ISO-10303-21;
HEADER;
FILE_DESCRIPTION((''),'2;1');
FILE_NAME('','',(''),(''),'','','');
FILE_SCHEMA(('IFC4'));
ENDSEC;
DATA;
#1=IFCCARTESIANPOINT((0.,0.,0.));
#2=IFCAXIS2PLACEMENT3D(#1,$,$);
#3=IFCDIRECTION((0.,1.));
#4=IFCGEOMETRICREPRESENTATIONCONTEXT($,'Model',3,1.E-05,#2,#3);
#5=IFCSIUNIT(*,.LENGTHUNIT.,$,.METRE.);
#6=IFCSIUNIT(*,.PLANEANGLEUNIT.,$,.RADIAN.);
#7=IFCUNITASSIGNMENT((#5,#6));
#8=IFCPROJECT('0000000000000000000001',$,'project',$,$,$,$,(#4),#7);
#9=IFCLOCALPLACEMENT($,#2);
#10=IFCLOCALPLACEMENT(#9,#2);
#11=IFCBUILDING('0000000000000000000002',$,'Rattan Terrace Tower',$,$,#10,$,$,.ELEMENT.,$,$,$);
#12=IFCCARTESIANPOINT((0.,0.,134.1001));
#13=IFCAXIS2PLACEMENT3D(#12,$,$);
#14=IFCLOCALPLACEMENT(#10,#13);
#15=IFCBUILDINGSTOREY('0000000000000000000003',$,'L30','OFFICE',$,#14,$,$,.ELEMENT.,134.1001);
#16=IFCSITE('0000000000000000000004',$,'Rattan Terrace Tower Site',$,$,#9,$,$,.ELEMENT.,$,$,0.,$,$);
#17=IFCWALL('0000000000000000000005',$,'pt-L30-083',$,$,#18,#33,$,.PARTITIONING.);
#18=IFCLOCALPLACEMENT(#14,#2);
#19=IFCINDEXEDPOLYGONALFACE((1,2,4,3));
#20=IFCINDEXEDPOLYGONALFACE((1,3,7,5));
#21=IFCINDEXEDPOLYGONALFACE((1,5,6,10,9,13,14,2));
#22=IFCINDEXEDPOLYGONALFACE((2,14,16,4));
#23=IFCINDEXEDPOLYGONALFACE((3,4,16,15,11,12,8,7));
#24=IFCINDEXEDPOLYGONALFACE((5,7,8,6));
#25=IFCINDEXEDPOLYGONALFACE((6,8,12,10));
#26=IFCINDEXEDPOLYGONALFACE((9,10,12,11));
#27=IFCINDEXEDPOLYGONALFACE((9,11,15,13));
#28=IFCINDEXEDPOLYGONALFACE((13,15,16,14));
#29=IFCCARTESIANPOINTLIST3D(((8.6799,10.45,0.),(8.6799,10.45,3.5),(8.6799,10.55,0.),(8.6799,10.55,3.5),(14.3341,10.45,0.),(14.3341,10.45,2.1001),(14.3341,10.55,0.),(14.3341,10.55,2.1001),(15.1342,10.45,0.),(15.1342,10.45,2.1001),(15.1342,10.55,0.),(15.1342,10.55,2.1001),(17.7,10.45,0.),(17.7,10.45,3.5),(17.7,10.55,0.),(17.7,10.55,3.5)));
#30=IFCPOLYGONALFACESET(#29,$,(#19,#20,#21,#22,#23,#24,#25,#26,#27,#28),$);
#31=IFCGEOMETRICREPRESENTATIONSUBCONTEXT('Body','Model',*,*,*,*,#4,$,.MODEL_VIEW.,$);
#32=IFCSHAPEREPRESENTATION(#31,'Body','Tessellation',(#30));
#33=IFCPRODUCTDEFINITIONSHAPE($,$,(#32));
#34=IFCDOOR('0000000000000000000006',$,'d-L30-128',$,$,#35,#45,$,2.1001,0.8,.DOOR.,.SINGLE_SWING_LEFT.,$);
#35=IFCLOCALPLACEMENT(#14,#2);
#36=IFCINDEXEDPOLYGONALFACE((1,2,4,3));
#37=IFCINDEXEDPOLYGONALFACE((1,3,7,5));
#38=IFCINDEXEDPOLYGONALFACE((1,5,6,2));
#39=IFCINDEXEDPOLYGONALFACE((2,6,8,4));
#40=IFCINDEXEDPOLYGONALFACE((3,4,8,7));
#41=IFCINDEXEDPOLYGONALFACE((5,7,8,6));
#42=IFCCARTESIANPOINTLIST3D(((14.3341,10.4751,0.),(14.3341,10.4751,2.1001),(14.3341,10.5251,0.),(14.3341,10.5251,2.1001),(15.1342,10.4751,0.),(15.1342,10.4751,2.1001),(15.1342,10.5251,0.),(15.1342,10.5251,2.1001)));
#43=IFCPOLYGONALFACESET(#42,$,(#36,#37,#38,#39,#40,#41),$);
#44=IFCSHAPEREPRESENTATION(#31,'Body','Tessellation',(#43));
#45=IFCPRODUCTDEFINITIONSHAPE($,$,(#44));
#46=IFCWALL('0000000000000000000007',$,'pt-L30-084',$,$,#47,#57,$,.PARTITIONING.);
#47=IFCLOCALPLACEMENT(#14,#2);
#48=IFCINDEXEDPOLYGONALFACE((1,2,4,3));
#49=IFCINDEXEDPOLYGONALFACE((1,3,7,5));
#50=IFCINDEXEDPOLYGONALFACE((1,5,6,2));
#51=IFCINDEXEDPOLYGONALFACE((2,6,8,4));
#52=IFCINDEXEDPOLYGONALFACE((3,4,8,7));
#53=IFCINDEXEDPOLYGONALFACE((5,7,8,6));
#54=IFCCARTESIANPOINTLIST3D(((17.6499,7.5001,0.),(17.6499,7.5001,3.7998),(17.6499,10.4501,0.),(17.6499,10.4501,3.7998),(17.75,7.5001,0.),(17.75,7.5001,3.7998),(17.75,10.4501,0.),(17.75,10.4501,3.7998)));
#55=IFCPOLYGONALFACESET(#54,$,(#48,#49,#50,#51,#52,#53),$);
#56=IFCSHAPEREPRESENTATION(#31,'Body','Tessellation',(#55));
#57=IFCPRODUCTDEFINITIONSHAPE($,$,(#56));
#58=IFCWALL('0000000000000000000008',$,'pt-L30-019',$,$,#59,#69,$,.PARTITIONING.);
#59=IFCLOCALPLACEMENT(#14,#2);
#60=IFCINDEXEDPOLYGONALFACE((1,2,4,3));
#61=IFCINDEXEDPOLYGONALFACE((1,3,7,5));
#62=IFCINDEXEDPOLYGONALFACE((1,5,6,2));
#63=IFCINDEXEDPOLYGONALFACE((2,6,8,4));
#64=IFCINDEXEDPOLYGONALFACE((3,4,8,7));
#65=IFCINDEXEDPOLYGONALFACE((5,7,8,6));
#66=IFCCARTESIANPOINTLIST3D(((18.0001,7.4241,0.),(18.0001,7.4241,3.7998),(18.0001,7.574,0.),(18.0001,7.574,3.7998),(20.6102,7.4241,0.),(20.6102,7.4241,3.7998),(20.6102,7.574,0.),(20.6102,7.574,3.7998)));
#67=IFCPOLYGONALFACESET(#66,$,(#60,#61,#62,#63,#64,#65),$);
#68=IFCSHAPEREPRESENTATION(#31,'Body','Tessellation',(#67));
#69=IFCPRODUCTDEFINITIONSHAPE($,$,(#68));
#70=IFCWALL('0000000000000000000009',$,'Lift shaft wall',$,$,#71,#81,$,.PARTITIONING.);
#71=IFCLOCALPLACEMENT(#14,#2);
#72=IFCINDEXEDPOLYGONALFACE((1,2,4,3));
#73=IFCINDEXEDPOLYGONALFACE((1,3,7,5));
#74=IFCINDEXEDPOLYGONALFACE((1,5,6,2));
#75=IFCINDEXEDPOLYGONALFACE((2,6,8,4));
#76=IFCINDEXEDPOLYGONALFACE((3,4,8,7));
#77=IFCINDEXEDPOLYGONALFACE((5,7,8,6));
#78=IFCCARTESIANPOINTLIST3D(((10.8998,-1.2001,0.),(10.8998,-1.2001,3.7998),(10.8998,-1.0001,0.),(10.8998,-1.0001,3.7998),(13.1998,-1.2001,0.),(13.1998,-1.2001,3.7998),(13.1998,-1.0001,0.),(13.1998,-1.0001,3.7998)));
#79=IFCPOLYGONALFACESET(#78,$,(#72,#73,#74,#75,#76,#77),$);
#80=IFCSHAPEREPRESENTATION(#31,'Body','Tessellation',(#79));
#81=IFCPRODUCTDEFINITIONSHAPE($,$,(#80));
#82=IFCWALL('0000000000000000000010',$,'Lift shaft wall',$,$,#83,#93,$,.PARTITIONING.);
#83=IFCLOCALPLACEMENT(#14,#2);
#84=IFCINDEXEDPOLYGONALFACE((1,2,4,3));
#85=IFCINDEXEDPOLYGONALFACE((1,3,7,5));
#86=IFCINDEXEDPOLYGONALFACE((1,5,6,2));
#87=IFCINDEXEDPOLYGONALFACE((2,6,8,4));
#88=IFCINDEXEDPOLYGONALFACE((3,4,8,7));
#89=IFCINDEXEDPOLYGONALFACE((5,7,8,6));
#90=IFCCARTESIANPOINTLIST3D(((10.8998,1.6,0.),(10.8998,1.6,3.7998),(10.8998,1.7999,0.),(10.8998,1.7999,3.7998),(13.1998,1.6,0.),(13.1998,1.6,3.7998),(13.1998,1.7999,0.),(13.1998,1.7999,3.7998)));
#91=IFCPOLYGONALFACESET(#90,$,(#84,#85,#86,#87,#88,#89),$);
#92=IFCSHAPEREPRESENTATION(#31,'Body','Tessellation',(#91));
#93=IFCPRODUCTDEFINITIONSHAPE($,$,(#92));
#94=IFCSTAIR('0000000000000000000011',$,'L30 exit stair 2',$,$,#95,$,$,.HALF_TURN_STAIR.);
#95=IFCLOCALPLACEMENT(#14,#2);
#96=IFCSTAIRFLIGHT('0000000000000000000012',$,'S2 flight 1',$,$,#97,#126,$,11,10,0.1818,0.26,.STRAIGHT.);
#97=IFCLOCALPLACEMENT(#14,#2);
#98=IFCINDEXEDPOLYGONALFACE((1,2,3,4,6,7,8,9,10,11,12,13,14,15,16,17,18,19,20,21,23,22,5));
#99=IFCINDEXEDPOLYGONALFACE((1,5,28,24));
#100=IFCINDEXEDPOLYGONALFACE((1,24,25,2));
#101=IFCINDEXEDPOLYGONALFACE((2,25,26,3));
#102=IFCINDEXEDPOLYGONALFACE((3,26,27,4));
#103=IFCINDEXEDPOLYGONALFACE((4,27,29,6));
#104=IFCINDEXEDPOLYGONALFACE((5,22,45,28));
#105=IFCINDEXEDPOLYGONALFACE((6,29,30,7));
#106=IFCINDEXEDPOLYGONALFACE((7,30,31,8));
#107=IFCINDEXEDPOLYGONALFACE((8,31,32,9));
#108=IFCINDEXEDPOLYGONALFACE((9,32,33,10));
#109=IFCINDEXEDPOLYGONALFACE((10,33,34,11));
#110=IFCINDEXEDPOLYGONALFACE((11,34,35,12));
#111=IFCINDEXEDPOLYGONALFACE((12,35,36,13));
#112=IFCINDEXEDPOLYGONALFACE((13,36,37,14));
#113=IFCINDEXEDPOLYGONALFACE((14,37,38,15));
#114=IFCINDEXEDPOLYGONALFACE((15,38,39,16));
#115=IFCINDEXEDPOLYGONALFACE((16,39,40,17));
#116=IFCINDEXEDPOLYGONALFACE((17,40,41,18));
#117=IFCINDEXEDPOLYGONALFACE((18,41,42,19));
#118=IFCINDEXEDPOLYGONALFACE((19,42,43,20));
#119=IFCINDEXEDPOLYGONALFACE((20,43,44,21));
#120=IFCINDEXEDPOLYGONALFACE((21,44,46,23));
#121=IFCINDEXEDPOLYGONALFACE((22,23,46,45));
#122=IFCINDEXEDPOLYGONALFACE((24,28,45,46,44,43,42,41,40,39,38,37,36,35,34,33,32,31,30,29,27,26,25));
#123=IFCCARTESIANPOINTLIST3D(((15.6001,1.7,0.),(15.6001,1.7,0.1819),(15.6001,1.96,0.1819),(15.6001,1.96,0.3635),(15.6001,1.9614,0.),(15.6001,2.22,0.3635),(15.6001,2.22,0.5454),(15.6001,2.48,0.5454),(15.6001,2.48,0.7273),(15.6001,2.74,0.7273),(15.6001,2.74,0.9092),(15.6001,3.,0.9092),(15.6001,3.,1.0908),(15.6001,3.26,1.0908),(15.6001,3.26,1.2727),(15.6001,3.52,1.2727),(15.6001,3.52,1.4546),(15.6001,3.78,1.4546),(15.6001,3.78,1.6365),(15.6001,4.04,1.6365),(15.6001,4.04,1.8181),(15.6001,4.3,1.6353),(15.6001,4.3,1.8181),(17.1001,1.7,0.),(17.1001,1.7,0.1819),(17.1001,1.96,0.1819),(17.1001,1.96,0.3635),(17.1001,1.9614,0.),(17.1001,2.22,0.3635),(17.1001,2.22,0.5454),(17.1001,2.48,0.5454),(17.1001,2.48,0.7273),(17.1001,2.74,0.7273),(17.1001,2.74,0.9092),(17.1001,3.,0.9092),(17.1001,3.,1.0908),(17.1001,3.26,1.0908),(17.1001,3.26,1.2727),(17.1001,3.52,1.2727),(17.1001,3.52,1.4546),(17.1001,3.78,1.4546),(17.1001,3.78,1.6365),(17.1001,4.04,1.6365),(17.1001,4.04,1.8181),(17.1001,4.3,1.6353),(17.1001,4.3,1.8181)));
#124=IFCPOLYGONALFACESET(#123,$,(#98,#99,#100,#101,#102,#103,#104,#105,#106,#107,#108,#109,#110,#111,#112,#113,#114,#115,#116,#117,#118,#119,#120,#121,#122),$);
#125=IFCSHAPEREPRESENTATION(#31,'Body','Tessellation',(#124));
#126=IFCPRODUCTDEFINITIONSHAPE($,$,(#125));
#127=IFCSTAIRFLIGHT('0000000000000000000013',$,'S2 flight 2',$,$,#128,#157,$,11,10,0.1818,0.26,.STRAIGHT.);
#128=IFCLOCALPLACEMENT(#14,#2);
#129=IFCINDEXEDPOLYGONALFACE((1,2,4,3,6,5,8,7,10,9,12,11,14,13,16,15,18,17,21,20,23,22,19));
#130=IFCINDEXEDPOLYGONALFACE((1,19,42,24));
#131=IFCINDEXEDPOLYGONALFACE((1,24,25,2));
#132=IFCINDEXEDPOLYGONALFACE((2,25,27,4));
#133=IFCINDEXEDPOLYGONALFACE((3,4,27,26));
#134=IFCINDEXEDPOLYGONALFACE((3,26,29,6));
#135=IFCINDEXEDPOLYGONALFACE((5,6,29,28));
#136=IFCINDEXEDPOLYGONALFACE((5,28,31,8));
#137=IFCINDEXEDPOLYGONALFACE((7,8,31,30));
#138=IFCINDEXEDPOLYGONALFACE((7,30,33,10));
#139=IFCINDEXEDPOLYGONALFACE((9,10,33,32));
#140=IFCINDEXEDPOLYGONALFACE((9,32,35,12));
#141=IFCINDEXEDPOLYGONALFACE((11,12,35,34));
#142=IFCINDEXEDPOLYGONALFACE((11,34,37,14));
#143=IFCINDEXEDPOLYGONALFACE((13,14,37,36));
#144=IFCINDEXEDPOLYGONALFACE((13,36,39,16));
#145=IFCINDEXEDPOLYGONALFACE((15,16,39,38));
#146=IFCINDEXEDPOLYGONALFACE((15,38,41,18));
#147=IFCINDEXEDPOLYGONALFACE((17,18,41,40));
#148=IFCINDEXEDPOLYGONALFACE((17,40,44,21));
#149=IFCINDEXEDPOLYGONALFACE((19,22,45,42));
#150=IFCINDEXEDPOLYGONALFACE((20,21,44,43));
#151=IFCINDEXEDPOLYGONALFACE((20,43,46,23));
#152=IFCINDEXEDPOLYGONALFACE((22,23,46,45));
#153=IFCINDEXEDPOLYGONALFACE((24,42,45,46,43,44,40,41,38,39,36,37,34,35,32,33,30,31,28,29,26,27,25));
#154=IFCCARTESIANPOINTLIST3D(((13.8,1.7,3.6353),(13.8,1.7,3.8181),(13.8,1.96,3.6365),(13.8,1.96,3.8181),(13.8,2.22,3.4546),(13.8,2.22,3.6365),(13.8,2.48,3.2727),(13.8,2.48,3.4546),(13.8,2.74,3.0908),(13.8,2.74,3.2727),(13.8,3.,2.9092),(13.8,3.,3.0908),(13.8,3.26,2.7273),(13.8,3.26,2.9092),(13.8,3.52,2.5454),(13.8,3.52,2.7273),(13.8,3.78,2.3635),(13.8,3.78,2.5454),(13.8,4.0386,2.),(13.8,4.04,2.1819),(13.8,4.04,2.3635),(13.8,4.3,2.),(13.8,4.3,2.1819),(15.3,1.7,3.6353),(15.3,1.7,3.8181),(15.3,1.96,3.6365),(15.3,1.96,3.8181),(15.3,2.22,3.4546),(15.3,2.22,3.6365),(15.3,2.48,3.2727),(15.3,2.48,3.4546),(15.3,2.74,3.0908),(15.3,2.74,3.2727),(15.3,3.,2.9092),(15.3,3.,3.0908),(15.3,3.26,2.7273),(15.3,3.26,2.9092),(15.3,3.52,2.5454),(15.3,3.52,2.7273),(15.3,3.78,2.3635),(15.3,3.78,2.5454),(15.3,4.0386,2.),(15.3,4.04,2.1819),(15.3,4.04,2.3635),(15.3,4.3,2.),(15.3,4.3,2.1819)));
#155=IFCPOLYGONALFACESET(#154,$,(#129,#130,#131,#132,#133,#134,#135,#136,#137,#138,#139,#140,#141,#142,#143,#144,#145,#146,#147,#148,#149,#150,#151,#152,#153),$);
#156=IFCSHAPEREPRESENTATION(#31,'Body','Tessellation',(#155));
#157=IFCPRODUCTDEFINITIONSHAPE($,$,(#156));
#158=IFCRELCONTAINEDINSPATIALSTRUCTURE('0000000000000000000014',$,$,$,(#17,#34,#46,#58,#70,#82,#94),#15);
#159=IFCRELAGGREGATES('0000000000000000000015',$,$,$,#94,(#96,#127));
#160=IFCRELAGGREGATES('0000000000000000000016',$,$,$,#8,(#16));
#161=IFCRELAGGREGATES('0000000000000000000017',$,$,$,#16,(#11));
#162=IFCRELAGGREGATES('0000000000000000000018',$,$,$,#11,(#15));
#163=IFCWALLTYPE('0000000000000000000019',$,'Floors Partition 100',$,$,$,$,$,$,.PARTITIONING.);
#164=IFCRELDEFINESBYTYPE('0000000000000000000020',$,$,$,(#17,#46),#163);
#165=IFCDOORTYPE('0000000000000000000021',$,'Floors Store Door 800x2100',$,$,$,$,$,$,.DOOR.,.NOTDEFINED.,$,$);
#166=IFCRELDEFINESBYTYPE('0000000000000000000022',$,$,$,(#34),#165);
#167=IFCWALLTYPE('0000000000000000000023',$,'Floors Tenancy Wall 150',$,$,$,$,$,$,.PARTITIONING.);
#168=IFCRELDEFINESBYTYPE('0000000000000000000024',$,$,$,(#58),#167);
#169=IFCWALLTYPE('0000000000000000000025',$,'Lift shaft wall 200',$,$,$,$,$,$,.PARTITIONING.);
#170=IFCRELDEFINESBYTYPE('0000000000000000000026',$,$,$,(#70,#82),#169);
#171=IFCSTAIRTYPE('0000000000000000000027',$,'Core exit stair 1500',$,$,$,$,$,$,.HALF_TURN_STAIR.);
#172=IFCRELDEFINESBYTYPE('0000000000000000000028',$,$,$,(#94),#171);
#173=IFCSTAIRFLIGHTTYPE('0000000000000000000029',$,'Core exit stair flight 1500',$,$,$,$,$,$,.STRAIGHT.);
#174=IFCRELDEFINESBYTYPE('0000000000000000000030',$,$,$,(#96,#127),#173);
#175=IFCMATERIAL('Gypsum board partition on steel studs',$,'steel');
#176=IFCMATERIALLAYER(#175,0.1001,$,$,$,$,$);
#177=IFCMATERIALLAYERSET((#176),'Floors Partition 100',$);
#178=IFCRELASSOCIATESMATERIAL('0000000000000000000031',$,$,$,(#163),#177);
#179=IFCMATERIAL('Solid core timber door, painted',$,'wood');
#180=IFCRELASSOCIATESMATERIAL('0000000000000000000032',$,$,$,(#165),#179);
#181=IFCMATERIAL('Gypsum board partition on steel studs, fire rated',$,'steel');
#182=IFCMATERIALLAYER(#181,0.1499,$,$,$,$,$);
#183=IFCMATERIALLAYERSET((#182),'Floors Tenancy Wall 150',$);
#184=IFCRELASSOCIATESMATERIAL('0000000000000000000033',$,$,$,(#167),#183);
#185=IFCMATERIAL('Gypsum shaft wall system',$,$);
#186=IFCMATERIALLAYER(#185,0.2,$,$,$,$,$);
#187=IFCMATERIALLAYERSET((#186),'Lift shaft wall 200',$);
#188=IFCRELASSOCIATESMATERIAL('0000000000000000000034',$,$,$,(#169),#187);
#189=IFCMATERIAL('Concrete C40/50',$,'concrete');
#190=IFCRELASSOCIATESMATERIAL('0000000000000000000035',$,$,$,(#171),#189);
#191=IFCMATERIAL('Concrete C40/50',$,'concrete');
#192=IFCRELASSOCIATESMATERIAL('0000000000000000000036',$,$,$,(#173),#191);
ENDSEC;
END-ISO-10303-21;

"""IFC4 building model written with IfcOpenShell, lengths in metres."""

from ifc_helpers import new_model, si_unit, direction, frame, frame_2d, origin, place, context, subcontext, project, spatial, polyline, rectangle, outline, extrude, material, layer, layer_set, type_object, element, fill, aggregate, save


model = new_model("IFC4")

# Units and contexts
model_context = context("Model", 3, precision=1e-05, world=origin(), true_north=direction((0.0, 1.0)))
body_context = subcontext(model_context, "Body", "Model", "MODEL_VIEW")
ifc_project = project(units=[si_unit("LENGTHUNIT", "METRE"), si_unit("PLANEANGLEUNIT", "RADIAN")], contexts=[model_context])

# Site, building, storey
site_placement = place(None, origin())
site = spatial("IfcSite", under=ifc_project, at=site_placement, Name="Rattan Terrace Tower Site", CompositionType="ELEMENT", RefElevation=0.0)
building_placement = place(site_placement, origin())
building = spatial("IfcBuilding", under=site, at=building_placement, Name="Rattan Terrace Tower", CompositionType="ELEMENT")
storey_placement = place(building_placement, frame((0.0, 0.0, 134.1001)))
storey = spatial("IfcBuildingStorey", under=building, at=storey_placement, Name="L30", Description="OFFICE", CompositionType="ELEMENT", Elevation=134.1001)

# Wall, opening, door
ifc_material_1 = material(Name="Gypsum board partition on steel studs", Category="steel")
ifc_layer_1 = layer(ifc_material_1, 0.1001)
ifc_layer_set_1 = layer_set([ifc_layer_1], Name="Floors Partition 100")
wall_type_1 = type_object("IfcWallType", Name="Floors Partition 100", PredefinedType="PARTITIONING", material=ifc_layer_set_1)
wall_1_placement = place(storey_placement, frame((17.7, 10.5, 0.0), z_axis=(0.0, 0.0, 1.0), x_axis=(-1.0, 0.0, 0.0)))
wall_1 = element("IfcWall", 1, at=wall_1_placement, inside=storey, type_object=wall_type_1, Name="pt-L30-083", PredefinedType="PARTITIONING", context=body_context, shape_type="SweptSolid", body=[
    extrude(rectangle(XDim=9.02, YDim=0.1001, at=frame_2d((4.51, 0.0))), origin(), (0.0, 0.0, 1.0), 3.5),
])
opening_1_placement = place(wall_1_placement, frame((2.5659, 0.0, 0.0)))
opening_1 = element("IfcOpeningElement", 2, at=opening_1_placement, cuts=wall_1, PredefinedType="OPENING", context=body_context, shape_type="SweptSolid", body=[
    extrude(rectangle(XDim=0.8, YDim=2.1001, at=frame_2d((0.3999, 1.05))), frame((0.0, 0.0605, 0.0), z_axis=(0.0, -1.0, 0.0), x_axis=(1.0, 0.0, 0.0)), (0.0, 0.0, 1.0), 0.1211),
])
ifc_material_2 = material(Name="Solid core timber door, painted", Category="wood")
door_type_1 = type_object("IfcDoorType", Name="Floors Store Door 800x2100", OperationType="NOTDEFINED", PredefinedType="DOOR", material=ifc_material_2)
door_1_placement = place(opening_1_placement, origin())
door_1 = element("IfcDoor", 3, at=door_1_placement, inside=storey, type_object=door_type_1, Name="d-L30-128", OperationType="SINGLE_SWING_LEFT", OverallHeight=2.1001, OverallWidth=0.8, PredefinedType="DOOR", context=body_context, shape_type="SweptSolid", body=[
    extrude(rectangle(XDim=0.8, YDim=2.1001, at=frame_2d((0.3999, 1.05))), frame((0.0, 0.0249, 0.0), z_axis=(0.0, -1.0, 0.0), x_axis=(1.0, 0.0, 0.0)), (0.0, 0.0, 1.0), 0.05),
])
fill(opening_1, door_1)

# Walls
wall_2_placement = place(storey_placement, frame((17.7, 7.5, 0.0), z_axis=(0.0, 0.0, 1.0), x_axis=(0.0, 1.0, 0.0)))
element("IfcWall", 4, at=wall_2_placement, inside=storey, type_object=wall_type_1, Name="pt-L30-084", PredefinedType="PARTITIONING", context=body_context, shape_type="SweptSolid", body=[
    extrude(rectangle(XDim=2.95, YDim=0.1001, at=frame_2d((1.4751, 0.0))), origin(), (0.0, 0.0, 1.0), 3.7998),
])
ifc_material_3 = material(Name="Gypsum board partition on steel studs, fire rated", Category="steel")
ifc_layer_2 = layer(ifc_material_3, 0.1499)
ifc_layer_set_2 = layer_set([ifc_layer_2], Name="Floors Tenancy Wall 150")
wall_type_2 = type_object("IfcWallType", Name="Floors Tenancy Wall 150", PredefinedType="PARTITIONING", material=ifc_layer_set_2)
wall_3_placement = place(storey_placement, frame((18.0, 7.499, 0.0), z_axis=(0.0, 0.0, 1.0), x_axis=(1.0, 0.0, 0.0)))
element("IfcWall", 5, at=wall_3_placement, inside=storey, type_object=wall_type_2, Name="pt-L30-019", PredefinedType="PARTITIONING", context=body_context, shape_type="SweptSolid", body=[
    extrude(rectangle(XDim=2.6101, YDim=0.1499, at=frame_2d((1.3052, 0.0))), origin(), (0.0, 0.0, 1.0), 3.7998),
])
ifc_material_4 = material(Name="Gypsum shaft wall system")
ifc_layer_3 = layer(ifc_material_4, 0.2)
ifc_layer_set_3 = layer_set([ifc_layer_3], Name="Lift shaft wall 200")
wall_type_3 = type_object("IfcWallType", Name="Lift shaft wall 200", PredefinedType="PARTITIONING", material=ifc_layer_set_3)
for number, where, z_axis, x_axis, name in (
    (6, (10.8999, -1.1001, 0.0), (0.0, 0.0, 1.0), (1.0, 0.0, 0.0), "Lift shaft wall"),
    (7, (10.8999, 1.7, 0.0), (0.0, 0.0, 1.0), (1.0, 0.0, 0.0), "Lift shaft wall"),
):
    element("IfcWall", number, at=place(storey_placement, frame(where, z_axis=z_axis, x_axis=x_axis)), inside=storey, type_object=wall_type_3, Name=name, PredefinedType="PARTITIONING", context=body_context, shape_type="SweptSolid", body=[
        extrude(rectangle(XDim=2.3, YDim=0.2, at=frame_2d((1.1499, 0.0))), origin(), (0.0, 0.0, 1.0), 3.7998),
    ])

# Stair, stair flights
ifc_material_5 = material(Name="Concrete C40/50", Category="concrete")
stair_type = type_object("IfcStairType", Name="Core exit stair 1500", PredefinedType="HALF_TURN_STAIR", material=ifc_material_5)
stair_placement = place(storey_placement, origin())
stair = element("IfcStair", 8, at=stair_placement, inside=storey, type_object=stair_type, Name="L30 exit stair 2", PredefinedType="HALF_TURN_STAIR")
ifc_material_6 = material(Name="Concrete C40/50", Category="concrete")
stair_flight_type = type_object("IfcStairFlightType", Name="Core exit stair flight 1500", PredefinedType="STRAIGHT", material=ifc_material_6)
stair_flight_1_placement = place(storey_placement, frame((16.3501, 1.7, 0.0), z_axis=(0.0, 0.0, 1.0), x_axis=(0.0, 1.0, 0.0)))
stair_flight_1 = element("IfcStairFlight", 9, at=stair_flight_1_placement, type_object=stair_flight_type, Name="S2 flight 1", NumberOfRisers=11, NumberOfTreads=10, PredefinedType="STRAIGHT", RiserHeight=0.1818, TreadLength=0.26, context=body_context, shape_type="SweptSolid", body=[
    extrude(outline(polyline([(0.0, 0.0), (0.0, 0.1819), (0.26, 0.1819), (0.26, 0.3635), (0.52, 0.3635), (0.52, 0.5454), (0.78, 0.5454), (0.78, 0.7273), (1.04, 0.7273), (1.04, 0.9092), (1.3, 0.9092), (1.3, 1.0908), (1.5601, 1.0908), (1.5601, 1.2727), (1.8201, 1.2727), (1.8201, 1.4546), (2.0801, 1.4546), (2.0801, 1.6365), (2.3401, 1.6365), (2.3401, 1.8181), (2.6001, 1.8181), (2.6001, 2.0), (2.6001, 1.6353), (0.2615, 0.0), (0.0, 0.0)])), frame((0.0, 0.75, 0.0), z_axis=(0.0, -1.0, 0.0), x_axis=(1.0, 0.0, 0.0)), (0.0, 0.0, 1.0), 1.5),
])
stair_flight_2_placement = place(storey_placement, frame((14.55, 4.3, 2.0), z_axis=(0.0, 0.0, 1.0), x_axis=(0.0, -1.0, 0.0)))
stair_flight_2 = element("IfcStairFlight", 10, at=stair_flight_2_placement, type_object=stair_flight_type, Name="S2 flight 2", NumberOfRisers=11, NumberOfTreads=10, PredefinedType="STRAIGHT", RiserHeight=0.1818, TreadLength=0.26, context=body_context, shape_type="SweptSolid", body=[
    extrude(outline(polyline([(0.0, 0.0), (0.0, 0.1819), (0.26, 0.1819), (0.26, 0.3635), (0.52, 0.3635), (0.52, 0.5454), (0.78, 0.5454), (0.78, 0.7273), (1.04, 0.7273), (1.04, 0.9092), (1.3, 0.9092), (1.3, 1.0908), (1.5601, 1.0908), (1.5601, 1.2727), (1.8201, 1.2727), (1.8201, 1.4546), (2.0801, 1.4546), (2.0801, 1.6365), (2.3401, 1.6365), (2.3401, 1.8181), (2.6001, 1.8181), (2.6001, 2.0), (2.6001, 1.6353), (0.2615, 0.0), (0.0, 0.0)])), frame((0.0, 0.75, 0.0), z_axis=(0.0, -1.0, 0.0), x_axis=(1.0, 0.0, 0.0)), (0.0, 0.0, 1.0), 1.5),
])
aggregate(stair, [stair_flight_1, stair_flight_2])

save(model, "model.ifc")
